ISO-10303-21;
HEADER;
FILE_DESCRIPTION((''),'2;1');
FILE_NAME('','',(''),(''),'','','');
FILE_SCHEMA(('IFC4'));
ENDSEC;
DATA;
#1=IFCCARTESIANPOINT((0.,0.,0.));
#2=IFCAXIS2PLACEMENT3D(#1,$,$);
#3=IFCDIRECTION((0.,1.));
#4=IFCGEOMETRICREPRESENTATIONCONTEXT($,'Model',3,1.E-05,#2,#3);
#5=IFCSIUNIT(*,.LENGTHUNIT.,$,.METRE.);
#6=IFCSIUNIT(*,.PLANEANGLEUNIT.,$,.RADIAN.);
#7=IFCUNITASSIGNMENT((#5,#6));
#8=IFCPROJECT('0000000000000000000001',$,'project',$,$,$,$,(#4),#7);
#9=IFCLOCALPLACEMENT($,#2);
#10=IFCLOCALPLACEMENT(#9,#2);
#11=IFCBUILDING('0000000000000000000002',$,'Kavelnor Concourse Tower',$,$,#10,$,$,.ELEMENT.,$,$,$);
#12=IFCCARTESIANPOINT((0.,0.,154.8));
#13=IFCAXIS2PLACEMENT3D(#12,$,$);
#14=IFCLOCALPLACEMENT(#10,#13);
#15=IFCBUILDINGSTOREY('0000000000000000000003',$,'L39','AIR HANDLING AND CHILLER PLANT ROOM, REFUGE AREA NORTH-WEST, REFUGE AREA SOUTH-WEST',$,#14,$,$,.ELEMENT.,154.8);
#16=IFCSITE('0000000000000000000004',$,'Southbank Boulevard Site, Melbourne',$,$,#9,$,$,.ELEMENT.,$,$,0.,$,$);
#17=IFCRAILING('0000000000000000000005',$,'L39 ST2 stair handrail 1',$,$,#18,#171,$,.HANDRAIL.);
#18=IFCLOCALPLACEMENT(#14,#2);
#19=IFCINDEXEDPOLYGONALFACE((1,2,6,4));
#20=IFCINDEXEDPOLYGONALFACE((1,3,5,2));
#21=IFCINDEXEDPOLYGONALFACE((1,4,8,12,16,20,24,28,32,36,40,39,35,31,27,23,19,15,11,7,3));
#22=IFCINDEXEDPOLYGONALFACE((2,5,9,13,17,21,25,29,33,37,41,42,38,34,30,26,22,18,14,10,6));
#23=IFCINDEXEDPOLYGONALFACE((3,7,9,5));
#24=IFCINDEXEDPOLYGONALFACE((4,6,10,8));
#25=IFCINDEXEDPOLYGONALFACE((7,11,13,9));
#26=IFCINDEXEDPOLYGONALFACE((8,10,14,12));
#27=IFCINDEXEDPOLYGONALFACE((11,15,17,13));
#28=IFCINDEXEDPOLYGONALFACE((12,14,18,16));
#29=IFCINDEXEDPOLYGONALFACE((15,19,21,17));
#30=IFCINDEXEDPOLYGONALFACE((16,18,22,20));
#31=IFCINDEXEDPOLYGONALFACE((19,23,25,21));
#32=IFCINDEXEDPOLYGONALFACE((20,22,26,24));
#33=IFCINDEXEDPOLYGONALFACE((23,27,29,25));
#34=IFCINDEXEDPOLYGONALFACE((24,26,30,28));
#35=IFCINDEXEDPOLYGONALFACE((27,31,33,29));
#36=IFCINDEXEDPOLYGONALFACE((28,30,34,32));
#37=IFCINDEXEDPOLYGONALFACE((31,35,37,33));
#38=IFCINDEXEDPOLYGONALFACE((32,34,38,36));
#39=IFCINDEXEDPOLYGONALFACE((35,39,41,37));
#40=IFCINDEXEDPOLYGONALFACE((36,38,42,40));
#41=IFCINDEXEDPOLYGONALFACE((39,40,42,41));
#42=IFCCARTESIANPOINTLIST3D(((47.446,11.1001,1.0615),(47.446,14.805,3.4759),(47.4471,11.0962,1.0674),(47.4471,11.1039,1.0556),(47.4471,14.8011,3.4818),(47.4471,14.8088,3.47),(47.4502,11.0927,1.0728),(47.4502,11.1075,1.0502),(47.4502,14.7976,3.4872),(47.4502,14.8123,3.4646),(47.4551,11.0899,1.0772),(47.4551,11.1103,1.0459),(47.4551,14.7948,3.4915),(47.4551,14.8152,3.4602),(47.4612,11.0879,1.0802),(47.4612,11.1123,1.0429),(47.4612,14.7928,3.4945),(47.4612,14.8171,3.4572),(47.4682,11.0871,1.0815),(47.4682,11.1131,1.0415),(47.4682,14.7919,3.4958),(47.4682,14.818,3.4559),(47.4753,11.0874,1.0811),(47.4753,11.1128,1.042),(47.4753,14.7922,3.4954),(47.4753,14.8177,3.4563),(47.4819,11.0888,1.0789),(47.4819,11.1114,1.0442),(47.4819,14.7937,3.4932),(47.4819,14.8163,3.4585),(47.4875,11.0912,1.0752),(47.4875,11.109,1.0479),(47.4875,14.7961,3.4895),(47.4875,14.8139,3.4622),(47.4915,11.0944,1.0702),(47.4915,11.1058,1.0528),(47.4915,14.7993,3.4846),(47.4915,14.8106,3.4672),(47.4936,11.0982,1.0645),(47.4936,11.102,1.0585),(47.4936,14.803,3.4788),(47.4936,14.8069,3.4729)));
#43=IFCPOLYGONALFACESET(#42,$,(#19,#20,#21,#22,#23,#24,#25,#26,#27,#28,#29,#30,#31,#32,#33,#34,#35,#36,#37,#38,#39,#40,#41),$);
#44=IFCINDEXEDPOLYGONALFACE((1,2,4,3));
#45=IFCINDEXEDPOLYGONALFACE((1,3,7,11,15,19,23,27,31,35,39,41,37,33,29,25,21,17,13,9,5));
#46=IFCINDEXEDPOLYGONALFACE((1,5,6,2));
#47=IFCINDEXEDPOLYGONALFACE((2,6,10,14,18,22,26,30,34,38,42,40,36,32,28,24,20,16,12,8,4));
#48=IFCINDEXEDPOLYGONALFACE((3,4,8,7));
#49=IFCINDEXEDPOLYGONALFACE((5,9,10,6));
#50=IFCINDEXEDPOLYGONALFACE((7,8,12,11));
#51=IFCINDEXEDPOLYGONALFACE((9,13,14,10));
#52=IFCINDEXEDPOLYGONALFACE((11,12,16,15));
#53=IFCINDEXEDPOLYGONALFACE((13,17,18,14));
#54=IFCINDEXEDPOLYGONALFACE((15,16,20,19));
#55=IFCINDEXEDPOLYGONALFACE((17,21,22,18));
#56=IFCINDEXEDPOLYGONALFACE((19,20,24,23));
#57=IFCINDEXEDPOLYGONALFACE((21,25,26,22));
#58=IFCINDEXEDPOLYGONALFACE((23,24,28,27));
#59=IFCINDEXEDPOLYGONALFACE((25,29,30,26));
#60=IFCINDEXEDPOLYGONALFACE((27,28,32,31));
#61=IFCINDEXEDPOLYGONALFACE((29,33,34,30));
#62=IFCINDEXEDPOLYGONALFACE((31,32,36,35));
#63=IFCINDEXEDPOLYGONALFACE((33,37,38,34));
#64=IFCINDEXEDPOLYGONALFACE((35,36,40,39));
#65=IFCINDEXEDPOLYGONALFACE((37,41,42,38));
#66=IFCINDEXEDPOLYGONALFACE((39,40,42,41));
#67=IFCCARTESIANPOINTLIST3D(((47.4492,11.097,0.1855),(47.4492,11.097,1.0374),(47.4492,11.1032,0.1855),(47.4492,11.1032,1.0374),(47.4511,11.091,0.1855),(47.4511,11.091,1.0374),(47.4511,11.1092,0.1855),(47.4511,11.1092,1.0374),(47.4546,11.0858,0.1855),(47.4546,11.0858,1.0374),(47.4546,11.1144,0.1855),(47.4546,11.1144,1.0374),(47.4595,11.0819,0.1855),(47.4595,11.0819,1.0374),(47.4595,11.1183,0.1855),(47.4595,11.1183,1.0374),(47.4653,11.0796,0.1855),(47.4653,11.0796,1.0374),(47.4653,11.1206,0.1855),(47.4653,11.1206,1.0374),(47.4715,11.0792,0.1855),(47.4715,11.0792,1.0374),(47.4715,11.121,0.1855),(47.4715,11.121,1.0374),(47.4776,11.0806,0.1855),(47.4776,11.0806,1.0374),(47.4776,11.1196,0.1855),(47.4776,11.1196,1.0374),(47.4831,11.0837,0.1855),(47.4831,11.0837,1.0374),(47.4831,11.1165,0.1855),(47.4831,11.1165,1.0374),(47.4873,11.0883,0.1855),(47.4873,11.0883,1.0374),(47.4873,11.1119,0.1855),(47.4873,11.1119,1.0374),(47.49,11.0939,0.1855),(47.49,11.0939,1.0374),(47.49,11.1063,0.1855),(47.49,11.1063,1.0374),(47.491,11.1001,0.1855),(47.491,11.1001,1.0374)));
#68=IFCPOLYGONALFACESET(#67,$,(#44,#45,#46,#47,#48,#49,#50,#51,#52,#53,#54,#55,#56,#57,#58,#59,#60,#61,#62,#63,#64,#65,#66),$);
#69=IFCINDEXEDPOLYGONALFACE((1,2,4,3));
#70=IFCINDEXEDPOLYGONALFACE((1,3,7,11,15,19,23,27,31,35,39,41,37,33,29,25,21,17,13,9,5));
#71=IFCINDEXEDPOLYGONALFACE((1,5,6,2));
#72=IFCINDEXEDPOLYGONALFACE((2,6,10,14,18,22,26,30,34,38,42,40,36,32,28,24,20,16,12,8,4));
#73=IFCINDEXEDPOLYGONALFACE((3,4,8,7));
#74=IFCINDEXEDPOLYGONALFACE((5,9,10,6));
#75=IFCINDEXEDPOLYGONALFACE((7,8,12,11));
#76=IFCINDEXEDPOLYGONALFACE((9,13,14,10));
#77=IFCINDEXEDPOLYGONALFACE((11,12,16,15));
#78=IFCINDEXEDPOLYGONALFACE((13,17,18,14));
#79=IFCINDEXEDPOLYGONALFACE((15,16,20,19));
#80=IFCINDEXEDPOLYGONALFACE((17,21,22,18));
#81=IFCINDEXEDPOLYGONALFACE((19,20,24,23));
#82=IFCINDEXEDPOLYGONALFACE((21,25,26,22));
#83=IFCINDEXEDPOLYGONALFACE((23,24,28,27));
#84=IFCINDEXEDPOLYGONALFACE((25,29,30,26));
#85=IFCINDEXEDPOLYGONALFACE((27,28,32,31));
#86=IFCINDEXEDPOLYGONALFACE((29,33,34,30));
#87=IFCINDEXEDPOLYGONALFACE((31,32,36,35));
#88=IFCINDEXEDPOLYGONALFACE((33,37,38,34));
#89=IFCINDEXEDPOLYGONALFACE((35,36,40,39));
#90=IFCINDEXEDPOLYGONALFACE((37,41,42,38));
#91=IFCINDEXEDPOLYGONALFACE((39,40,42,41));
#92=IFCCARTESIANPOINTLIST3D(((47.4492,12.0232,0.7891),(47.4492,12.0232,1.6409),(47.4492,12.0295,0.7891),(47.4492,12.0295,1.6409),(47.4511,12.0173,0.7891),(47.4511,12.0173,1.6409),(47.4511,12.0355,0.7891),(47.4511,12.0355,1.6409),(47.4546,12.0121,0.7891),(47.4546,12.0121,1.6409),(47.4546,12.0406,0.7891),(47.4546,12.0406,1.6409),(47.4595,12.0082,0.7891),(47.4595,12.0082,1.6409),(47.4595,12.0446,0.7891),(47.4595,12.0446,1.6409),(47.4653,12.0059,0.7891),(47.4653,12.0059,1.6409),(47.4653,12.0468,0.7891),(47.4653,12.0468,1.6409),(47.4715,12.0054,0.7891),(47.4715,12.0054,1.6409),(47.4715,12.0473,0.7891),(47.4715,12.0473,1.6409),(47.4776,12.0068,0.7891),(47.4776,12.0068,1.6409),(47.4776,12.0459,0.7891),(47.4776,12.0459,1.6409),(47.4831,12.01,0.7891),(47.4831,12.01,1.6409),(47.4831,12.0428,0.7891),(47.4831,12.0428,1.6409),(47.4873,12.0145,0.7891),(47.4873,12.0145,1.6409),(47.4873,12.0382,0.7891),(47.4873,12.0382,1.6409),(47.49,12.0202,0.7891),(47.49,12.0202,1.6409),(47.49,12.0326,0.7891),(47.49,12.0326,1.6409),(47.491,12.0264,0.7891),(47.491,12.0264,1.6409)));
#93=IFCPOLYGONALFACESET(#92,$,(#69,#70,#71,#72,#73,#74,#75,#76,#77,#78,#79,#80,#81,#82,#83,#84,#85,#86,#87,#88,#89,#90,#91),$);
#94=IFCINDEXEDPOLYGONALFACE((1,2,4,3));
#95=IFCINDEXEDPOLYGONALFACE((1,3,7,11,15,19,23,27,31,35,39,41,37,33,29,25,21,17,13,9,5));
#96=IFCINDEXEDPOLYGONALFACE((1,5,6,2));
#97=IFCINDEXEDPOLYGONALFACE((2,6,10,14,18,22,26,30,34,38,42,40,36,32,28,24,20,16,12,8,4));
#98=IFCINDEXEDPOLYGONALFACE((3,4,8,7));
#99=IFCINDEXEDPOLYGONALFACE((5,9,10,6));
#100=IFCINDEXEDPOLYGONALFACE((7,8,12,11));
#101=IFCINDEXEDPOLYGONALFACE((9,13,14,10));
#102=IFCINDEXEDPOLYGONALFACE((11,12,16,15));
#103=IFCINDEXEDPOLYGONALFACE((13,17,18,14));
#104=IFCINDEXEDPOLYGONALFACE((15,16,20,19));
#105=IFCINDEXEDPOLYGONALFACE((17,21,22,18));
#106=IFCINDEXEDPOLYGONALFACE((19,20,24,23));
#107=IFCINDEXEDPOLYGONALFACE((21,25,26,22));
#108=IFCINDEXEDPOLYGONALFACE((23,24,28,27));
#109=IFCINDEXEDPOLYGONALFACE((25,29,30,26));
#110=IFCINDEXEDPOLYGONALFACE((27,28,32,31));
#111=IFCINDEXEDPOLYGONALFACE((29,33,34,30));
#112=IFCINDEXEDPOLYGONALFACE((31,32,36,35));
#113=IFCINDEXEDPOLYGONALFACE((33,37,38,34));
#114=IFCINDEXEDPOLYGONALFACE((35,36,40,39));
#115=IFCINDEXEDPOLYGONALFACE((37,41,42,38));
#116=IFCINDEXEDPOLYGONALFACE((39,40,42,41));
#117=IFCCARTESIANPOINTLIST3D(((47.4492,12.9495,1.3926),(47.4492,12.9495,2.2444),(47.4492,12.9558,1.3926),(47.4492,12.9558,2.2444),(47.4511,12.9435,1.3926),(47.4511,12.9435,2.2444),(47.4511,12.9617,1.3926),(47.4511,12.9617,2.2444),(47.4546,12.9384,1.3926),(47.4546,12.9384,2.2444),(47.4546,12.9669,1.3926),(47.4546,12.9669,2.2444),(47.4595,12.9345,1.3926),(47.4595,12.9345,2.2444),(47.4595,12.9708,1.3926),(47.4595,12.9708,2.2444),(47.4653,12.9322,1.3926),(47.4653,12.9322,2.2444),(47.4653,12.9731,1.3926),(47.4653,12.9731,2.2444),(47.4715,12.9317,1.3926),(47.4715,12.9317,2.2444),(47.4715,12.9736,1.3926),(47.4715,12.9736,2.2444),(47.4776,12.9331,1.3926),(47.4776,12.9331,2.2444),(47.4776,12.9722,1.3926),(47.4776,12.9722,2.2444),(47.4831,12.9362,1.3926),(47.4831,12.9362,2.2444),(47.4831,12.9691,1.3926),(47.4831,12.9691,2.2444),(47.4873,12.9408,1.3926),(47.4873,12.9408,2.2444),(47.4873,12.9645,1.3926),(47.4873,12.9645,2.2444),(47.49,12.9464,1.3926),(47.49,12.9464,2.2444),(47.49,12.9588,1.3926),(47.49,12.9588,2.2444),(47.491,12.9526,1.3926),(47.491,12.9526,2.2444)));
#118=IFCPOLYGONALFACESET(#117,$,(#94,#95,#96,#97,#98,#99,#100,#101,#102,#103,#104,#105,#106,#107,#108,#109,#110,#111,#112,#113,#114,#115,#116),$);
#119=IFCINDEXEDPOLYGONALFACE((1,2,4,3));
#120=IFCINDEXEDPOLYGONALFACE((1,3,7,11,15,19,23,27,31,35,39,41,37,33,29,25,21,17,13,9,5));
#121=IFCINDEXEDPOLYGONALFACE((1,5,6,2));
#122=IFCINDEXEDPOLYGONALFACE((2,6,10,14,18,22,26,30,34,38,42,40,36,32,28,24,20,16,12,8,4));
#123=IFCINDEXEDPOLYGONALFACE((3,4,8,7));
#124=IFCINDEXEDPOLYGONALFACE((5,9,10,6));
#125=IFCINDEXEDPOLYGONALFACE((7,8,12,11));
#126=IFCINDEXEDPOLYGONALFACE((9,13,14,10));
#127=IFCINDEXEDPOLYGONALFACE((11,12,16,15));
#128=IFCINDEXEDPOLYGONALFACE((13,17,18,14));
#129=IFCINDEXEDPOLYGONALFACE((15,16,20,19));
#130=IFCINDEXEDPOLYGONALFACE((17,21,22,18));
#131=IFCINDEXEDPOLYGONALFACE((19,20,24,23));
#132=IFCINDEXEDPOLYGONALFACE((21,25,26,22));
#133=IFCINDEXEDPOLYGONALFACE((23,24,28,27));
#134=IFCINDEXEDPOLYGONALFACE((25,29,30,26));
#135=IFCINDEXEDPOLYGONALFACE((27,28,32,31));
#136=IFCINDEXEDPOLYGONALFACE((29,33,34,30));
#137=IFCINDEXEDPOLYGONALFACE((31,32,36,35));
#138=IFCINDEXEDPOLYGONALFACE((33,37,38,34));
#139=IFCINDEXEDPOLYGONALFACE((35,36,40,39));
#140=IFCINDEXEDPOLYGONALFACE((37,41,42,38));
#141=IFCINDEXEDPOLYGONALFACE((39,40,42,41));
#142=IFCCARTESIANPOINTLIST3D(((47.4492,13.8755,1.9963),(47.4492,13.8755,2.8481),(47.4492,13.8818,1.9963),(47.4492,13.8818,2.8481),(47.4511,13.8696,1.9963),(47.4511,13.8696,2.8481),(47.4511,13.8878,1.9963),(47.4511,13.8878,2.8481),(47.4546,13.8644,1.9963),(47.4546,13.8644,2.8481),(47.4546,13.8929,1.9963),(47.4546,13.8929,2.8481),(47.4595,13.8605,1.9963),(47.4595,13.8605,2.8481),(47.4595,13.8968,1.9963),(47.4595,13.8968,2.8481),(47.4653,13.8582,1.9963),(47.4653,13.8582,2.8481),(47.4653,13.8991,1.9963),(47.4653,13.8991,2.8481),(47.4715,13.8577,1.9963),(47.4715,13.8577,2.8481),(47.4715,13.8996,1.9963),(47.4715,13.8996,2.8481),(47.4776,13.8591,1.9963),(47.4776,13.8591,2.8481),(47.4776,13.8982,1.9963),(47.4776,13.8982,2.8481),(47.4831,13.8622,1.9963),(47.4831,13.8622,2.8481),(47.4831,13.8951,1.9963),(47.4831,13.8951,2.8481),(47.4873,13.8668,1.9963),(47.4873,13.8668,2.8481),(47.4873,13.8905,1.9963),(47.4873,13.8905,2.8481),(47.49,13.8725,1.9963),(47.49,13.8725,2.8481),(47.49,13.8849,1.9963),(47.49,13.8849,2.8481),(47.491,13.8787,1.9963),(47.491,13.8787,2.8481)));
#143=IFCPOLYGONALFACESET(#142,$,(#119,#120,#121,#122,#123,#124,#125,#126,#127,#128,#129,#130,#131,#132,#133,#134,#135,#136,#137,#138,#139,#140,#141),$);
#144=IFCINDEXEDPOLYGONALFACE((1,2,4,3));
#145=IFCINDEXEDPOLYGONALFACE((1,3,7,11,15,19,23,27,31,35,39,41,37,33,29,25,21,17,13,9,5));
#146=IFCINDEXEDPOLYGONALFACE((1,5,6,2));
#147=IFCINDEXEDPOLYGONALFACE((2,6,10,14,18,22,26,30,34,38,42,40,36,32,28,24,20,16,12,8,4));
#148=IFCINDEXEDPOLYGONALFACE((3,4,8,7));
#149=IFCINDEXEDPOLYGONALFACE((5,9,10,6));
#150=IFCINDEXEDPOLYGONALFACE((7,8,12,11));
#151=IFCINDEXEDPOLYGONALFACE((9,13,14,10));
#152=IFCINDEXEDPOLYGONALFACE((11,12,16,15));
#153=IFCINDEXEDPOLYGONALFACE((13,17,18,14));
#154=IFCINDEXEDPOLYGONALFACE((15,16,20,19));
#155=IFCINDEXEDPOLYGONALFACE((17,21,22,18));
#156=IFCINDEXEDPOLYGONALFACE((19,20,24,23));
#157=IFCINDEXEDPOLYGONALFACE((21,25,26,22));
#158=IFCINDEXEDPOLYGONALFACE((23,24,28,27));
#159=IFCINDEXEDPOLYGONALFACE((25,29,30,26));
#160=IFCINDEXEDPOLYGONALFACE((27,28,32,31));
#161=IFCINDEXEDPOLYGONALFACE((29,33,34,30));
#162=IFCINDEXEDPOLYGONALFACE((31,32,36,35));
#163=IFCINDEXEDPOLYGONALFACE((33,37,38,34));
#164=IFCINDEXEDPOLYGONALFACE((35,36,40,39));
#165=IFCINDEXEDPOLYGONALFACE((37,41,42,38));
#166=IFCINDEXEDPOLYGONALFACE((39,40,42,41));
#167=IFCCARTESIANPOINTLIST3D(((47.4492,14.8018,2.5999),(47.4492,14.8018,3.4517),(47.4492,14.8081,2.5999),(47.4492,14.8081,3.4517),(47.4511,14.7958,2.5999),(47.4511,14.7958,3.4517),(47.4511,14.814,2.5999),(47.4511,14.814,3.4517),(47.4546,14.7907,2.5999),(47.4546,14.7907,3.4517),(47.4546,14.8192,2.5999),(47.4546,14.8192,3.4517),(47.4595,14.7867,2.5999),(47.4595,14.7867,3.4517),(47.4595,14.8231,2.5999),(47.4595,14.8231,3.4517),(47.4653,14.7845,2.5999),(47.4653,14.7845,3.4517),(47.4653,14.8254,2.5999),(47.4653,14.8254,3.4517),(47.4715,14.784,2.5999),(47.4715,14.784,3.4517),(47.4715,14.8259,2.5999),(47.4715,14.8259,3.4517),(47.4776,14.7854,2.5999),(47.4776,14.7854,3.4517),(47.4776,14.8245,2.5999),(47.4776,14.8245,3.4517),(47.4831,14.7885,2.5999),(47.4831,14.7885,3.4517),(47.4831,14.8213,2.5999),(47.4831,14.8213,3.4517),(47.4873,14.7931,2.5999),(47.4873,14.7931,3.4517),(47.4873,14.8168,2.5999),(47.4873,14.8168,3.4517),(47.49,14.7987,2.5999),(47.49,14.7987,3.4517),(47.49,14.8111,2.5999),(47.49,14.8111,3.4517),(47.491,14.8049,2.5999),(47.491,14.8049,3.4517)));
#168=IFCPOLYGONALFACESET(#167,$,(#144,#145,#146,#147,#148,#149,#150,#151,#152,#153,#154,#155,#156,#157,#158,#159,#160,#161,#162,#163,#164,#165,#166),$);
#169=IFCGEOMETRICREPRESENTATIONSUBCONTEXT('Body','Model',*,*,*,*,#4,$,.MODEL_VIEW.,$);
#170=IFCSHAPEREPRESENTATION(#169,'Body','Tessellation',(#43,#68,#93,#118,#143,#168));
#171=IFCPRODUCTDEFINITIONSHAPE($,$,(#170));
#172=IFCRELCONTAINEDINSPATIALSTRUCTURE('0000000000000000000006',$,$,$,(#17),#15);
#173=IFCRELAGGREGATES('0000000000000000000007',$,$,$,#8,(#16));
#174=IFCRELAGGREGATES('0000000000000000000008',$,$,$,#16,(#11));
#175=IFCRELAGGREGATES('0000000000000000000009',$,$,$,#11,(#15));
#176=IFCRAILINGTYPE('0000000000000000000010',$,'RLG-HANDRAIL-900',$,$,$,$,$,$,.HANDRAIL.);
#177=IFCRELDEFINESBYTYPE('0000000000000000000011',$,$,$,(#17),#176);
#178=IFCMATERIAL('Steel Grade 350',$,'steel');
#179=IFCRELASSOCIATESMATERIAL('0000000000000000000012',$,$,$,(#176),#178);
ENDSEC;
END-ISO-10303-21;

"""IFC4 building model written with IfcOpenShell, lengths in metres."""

from ifc_helpers import new_model, si_unit, direction, frame, origin, origin_2d, place, context, subcontext, project, spatial, circle, extrude, material, type_object, element, save


model = new_model("IFC4")

# Units and contexts
model_context = context("Model", 3, precision=1e-05, world=origin(), true_north=direction((0.0, 1.0)))
body_context = subcontext(model_context, "Body", "Model", "MODEL_VIEW")
ifc_project = project(units=[si_unit("LENGTHUNIT", "METRE"), si_unit("PLANEANGLEUNIT", "RADIAN")], contexts=[model_context])

# Site, building, storey
site_placement = place(None, origin())
site = spatial("IfcSite", under=ifc_project, at=site_placement, Name="Southbank Boulevard Site, Melbourne", CompositionType="ELEMENT", RefElevation=0.0)
building_placement = place(site_placement, origin())
building = spatial("IfcBuilding", under=site, at=building_placement, Name="Kavelnor Concourse Tower", CompositionType="ELEMENT")
storey_placement = place(building_placement, frame((0.0, 0.0, 154.8)))
storey = spatial("IfcBuildingStorey", under=building, at=storey_placement, Name="L39", Description="AIR HANDLING AND CHILLER PLANT ROOM, REFUGE AREA NORTH-WEST, REFUGE AREA SOUTH-WEST", CompositionType="ELEMENT", Elevation=154.8)

# Shared definitions
ifc_material_1 = material(Name="Steel Grade 350", Category="steel")

# Railing
railing_type_1 = type_object("IfcRailingType", Name="RLG-HANDRAIL-900", PredefinedType="HANDRAIL", material=ifc_material_1)
railing_1_placement = place(storey_placement, frame((47.47, 11.1001, 0.1855)))
element("IfcRailing", 1, at=railing_1_placement, inside=storey, type_object=railing_type_1, Name="L39 ST2 stair handrail 1", PredefinedType="HANDRAIL", context=body_context, shape_type="SweptSolid", body=[
    extrude(circle(Radius=0.0239, at=origin_2d()), frame((0.0, 0.0, 0.876), z_axis=(0.0, 0.837806, 0.545968), x_axis=(-1.0, 0.0, 0.0)), (0.0, 0.0, 1.0), 4.4221),
    extrude(circle(Radius=0.021, at=origin_2d()), origin(), (0.0, 0.0, 1.0), 0.8518),
    extrude(circle(Radius=0.021, at=origin_2d()), frame((0.0, 0.9263, 0.6035)), (0.0, 0.0, 1.0), 0.8518),
    extrude(circle(Radius=0.021, at=origin_2d()), frame((0.0, 1.8525, 1.207)), (0.0, 0.0, 1.0), 0.8518),
    extrude(circle(Radius=0.021, at=origin_2d()), frame((0.0, 2.7786, 1.8108)), (0.0, 0.0, 1.0), 0.8518),
    extrude(circle(Radius=0.021, at=origin_2d()), frame((0.0, 3.7048, 2.4143)), (0.0, 0.0, 1.0), 0.8518),
])

save(model, "model.ifc")
